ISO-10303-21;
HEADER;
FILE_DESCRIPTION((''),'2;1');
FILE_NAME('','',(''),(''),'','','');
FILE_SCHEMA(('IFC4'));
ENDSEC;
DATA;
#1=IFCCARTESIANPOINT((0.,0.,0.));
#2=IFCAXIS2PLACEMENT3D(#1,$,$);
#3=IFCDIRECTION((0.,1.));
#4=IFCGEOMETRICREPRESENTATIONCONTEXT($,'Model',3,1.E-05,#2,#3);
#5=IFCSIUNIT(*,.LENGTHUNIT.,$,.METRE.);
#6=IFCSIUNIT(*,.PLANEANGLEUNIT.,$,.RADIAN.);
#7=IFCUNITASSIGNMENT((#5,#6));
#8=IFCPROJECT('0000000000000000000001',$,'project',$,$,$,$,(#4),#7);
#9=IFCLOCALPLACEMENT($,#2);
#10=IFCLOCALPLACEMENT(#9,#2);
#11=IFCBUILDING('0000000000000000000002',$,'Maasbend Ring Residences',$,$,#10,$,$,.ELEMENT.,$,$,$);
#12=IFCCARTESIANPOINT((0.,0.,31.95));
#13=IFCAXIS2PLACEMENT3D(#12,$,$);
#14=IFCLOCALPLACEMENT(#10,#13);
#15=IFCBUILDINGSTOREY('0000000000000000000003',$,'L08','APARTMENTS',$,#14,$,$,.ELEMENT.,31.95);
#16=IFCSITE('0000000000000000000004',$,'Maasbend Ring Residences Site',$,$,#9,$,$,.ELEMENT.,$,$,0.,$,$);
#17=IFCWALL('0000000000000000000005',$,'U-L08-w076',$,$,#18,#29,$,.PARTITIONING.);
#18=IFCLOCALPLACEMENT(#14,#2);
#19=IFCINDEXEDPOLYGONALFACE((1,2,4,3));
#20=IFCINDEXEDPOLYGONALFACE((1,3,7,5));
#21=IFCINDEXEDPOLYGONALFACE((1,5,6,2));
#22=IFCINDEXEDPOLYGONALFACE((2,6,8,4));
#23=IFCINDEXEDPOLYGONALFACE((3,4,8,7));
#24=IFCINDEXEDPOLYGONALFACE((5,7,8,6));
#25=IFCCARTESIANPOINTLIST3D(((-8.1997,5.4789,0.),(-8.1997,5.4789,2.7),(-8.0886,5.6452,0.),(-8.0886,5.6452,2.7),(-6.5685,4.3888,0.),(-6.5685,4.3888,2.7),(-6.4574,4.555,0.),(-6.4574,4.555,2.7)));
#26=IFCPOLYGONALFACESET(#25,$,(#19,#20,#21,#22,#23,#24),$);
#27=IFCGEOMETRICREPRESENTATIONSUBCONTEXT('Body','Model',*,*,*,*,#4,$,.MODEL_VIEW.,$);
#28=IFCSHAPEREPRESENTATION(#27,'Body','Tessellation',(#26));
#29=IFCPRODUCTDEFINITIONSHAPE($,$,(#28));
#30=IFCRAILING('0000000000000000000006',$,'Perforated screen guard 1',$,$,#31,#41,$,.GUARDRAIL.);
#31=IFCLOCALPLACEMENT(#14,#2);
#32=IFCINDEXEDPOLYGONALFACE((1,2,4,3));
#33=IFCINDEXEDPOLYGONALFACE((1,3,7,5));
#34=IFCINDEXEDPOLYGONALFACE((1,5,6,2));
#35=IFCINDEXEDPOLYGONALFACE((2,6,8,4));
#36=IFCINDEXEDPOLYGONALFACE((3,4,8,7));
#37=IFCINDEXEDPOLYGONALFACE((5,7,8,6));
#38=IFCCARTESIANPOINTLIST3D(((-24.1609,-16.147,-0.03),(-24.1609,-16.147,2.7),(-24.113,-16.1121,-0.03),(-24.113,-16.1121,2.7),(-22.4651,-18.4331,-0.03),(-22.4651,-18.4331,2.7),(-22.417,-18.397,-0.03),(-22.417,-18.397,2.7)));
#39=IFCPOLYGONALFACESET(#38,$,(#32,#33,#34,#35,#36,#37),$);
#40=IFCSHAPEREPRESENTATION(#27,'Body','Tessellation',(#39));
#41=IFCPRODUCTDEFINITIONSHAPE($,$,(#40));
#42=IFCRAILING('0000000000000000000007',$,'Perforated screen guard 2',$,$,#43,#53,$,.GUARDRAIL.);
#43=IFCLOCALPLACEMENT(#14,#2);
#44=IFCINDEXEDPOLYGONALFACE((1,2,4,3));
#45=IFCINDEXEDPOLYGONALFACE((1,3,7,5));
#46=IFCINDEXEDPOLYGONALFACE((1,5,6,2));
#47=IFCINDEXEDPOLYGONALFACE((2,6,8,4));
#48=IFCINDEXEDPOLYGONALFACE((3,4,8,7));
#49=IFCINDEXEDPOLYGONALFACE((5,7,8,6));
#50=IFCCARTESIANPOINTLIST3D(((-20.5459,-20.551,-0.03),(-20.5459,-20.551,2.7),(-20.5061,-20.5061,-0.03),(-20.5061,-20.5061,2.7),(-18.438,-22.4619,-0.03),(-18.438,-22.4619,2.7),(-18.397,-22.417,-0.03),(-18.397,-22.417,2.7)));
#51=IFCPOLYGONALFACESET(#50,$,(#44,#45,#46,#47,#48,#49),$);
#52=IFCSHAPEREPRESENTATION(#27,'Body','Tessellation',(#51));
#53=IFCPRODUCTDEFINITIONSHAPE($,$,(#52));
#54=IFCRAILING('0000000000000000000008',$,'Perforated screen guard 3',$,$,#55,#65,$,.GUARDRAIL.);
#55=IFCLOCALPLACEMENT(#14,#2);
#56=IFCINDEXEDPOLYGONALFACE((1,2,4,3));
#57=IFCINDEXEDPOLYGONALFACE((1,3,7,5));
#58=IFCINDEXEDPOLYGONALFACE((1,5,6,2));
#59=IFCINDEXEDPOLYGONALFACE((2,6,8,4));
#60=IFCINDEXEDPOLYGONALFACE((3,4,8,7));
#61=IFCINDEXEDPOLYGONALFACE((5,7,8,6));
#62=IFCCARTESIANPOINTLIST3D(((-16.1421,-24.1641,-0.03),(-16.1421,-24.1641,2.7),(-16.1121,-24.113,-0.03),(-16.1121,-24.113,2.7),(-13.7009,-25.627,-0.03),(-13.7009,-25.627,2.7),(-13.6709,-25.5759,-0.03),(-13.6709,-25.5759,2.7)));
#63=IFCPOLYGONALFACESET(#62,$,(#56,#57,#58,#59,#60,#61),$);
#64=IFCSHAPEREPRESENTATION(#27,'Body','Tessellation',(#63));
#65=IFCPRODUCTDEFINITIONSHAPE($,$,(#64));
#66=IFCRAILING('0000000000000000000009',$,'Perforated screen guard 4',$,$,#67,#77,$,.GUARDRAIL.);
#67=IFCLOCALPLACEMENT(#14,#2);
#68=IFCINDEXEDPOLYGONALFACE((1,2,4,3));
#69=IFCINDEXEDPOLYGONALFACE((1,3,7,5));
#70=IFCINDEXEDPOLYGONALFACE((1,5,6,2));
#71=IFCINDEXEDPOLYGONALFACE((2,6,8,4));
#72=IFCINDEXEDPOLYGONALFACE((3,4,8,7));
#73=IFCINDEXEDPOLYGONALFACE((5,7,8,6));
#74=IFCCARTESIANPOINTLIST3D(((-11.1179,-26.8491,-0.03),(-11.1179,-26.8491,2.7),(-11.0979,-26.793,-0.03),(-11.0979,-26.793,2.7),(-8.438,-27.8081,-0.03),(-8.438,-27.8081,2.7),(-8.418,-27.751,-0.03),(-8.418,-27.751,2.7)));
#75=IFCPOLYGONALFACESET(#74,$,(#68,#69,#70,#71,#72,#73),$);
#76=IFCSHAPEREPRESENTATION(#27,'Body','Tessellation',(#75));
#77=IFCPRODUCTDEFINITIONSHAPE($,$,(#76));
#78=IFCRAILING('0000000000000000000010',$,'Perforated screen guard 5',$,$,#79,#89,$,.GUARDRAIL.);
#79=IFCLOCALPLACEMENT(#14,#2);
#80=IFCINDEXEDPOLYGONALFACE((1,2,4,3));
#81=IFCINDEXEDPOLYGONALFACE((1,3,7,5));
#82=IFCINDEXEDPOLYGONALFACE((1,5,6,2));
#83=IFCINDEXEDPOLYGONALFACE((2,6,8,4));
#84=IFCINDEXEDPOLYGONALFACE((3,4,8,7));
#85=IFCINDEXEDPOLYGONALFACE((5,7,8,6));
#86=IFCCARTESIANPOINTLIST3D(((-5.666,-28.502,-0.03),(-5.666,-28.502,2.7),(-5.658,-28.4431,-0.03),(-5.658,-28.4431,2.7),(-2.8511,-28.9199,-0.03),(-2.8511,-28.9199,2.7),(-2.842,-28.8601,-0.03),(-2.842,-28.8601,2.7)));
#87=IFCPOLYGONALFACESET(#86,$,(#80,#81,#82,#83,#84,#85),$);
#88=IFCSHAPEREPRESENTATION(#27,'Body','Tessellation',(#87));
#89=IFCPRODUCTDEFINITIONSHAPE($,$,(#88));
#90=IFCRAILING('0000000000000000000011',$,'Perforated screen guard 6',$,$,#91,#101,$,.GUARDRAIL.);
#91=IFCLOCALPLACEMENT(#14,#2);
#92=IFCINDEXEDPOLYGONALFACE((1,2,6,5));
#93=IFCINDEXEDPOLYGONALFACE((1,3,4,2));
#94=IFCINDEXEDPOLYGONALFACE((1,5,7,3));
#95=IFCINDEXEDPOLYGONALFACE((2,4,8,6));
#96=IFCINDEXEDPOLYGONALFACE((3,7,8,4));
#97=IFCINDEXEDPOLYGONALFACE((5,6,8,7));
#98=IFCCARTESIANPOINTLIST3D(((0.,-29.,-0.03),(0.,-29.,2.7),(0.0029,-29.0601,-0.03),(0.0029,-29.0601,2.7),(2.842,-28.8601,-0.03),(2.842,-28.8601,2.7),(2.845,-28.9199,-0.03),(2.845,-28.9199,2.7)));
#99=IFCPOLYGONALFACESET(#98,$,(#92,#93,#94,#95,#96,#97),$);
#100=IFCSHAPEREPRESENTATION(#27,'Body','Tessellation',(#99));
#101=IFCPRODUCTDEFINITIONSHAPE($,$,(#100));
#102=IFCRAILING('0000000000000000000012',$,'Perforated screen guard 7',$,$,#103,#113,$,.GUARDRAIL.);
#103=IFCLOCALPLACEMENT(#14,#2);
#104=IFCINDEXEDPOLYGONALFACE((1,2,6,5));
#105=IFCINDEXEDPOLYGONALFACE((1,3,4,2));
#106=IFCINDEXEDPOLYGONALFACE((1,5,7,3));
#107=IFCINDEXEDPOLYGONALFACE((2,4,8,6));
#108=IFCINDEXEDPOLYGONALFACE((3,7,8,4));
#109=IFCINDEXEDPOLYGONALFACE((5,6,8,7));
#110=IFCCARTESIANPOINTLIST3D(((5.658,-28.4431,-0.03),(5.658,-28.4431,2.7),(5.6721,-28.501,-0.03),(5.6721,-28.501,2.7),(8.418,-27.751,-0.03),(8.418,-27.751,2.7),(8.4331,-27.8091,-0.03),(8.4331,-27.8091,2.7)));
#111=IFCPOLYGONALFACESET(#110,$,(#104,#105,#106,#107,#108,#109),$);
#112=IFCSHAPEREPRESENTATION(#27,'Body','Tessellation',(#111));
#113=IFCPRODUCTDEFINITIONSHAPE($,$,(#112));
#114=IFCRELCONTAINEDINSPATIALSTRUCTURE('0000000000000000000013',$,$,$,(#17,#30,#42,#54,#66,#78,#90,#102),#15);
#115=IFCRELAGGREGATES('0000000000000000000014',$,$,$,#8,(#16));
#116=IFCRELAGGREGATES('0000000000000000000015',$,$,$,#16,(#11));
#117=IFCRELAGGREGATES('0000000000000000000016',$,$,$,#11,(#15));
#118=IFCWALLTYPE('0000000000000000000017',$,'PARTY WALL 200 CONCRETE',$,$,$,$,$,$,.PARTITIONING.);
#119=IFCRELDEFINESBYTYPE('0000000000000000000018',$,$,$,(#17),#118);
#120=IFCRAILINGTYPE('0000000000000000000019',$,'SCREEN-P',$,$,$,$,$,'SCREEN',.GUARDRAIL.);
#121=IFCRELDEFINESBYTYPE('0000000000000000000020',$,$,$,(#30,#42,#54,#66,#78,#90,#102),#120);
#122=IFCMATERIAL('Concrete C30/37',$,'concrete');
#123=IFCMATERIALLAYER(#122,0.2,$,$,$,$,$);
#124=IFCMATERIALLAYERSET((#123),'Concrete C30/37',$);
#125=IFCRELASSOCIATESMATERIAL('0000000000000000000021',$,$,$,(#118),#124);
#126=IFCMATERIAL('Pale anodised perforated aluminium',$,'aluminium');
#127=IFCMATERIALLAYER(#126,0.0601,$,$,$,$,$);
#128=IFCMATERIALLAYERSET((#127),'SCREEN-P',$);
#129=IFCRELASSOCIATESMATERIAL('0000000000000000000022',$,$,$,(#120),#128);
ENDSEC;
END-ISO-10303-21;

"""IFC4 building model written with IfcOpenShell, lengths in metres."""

from ifc_helpers import new_model, si_unit, direction, frame, frame_2d, origin, place, context, subcontext, project, spatial, polyline, rectangle, outline, extrude, material, layer, layer_set, type_object, element, save


model = new_model("IFC4")

# Units and contexts
model_context = context("Model", 3, precision=1e-05, world=origin(), true_north=direction((0.0, 1.0)))
body_context = subcontext(model_context, "Body", "Model", "MODEL_VIEW")
ifc_project = project(units=[si_unit("LENGTHUNIT", "METRE"), si_unit("PLANEANGLEUNIT", "RADIAN")], contexts=[model_context])

# Site, building, storey
site_placement = place(None, origin())
site = spatial("IfcSite", under=ifc_project, at=site_placement, Name="Maasbend Ring Residences Site", CompositionType="ELEMENT", RefElevation=0.0)
building_placement = place(site_placement, origin())
building = spatial("IfcBuilding", under=site, at=building_placement, Name="Maasbend Ring Residences", CompositionType="ELEMENT")
storey_placement = place(building_placement, frame((0.0, 0.0, 31.95)))
storey = spatial("IfcBuildingStorey", under=building, at=storey_placement, Name="L08", Description="APARTMENTS", CompositionType="ELEMENT", Elevation=31.95)

# Wall
ifc_material_1 = material(Name="Concrete C30/37", Category="concrete")
ifc_layer_1 = layer(ifc_material_1, 0.2)
ifc_layer_set_1 = layer_set([ifc_layer_1], Name="Concrete C30/37")
wall_type_1 = type_object("IfcWallType", Name="PARTY WALL 200 CONCRETE", PredefinedType="PARTITIONING", material=ifc_layer_set_1)
wall_1_placement = place(storey_placement, frame((-6.5129, 4.4719, 0.0), z_axis=(0.0, 0.0, 1.0), x_axis=(-0.831418, 0.555648, 0.0)))
element("IfcWall", 1, at=wall_1_placement, inside=storey, type_object=wall_type_1, Name="U-L08-w076", PredefinedType="PARTITIONING", context=body_context, shape_type="SweptSolid", body=[
    extrude(rectangle(XDim=1.9619, YDim=0.2, at=frame_2d((0.981, 0.0))), origin(), (0.0, 0.0, 1.0), 2.7),
])

# Railings
ifc_material_2 = material(Name="Pale anodised perforated aluminium", Category="aluminium")
ifc_layer_2 = layer(ifc_material_2, 0.0601)
ifc_layer_set_2 = layer_set([ifc_layer_2], Name="SCREEN-P")
railing_type = type_object("IfcRailingType", Name="SCREEN-P", ElementType="SCREEN", PredefinedType="GUARDRAIL", material=ifc_layer_set_2)
railing_1_placement = place(storey_placement, frame((0.0, 0.0, -0.03)))
element("IfcRailing", 2, at=railing_1_placement, inside=storey, type_object=railing_type, Name="Perforated screen guard 1", PredefinedType="GUARDRAIL", context=body_context, shape_type="SweptSolid", body=[
    extrude(outline(polyline([(-24.113, -16.1121), (-22.417, -18.397), (-22.4651, -18.4331), (-24.1609, -16.147), (-24.113, -16.1121)])), origin(), (0.0, 0.0, 1.0), 2.73),
])
railing_2_placement = place(storey_placement, frame((0.0, 0.0, -0.03)))
element("IfcRailing", 3, at=railing_2_placement, inside=storey, type_object=railing_type, Name="Perforated screen guard 2", PredefinedType="GUARDRAIL", context=body_context, shape_type="SweptSolid", body=[
    extrude(outline(polyline([(-20.5061, -20.5061), (-18.397, -22.417), (-18.438, -22.4619), (-20.5459, -20.551), (-20.5061, -20.5061)])), origin(), (0.0, 0.0, 1.0), 2.73),
])
railing_3_placement = place(storey_placement, frame((0.0, 0.0, -0.03)))
element("IfcRailing", 4, at=railing_3_placement, inside=storey, type_object=railing_type, Name="Perforated screen guard 3", PredefinedType="GUARDRAIL", context=body_context, shape_type="SweptSolid", body=[
    extrude(outline(polyline([(-16.1121, -24.113), (-13.6709, -25.5759), (-13.7009, -25.627), (-16.1421, -24.1641), (-16.1121, -24.113)])), origin(), (0.0, 0.0, 1.0), 2.73),
])
railing_4_placement = place(storey_placement, frame((0.0, 0.0, -0.03)))
element("IfcRailing", 5, at=railing_4_placement, inside=storey, type_object=railing_type, Name="Perforated screen guard 4", PredefinedType="GUARDRAIL", context=body_context, shape_type="SweptSolid", body=[
    extrude(outline(polyline([(-11.0979, -26.793), (-8.418, -27.751), (-8.438, -27.8081), (-11.1179, -26.8491), (-11.0979, -26.793)])), origin(), (0.0, 0.0, 1.0), 2.73),
])
railing_5_placement = place(storey_placement, frame((0.0, 0.0, -0.03)))
element("IfcRailing", 6, at=railing_5_placement, inside=storey, type_object=railing_type, Name="Perforated screen guard 5", PredefinedType="GUARDRAIL", context=body_context, shape_type="SweptSolid", body=[
    extrude(outline(polyline([(-5.658, -28.4431), (-2.842, -28.8601), (-2.8511, -28.9199), (-5.666, -28.502), (-5.658, -28.4431)])), origin(), (0.0, 0.0, 1.0), 2.73),
])
railing_6_placement = place(storey_placement, frame((0.0, 0.0, -0.03)))
element("IfcRailing", 7, at=railing_6_placement, inside=storey, type_object=railing_type, Name="Perforated screen guard 6", PredefinedType="GUARDRAIL", context=body_context, shape_type="SweptSolid", body=[
    extrude(outline(polyline([(0.0, -29.0), (2.842, -28.8601), (2.845, -28.9199), (0.0029, -29.0601), (0.0, -29.0)])), origin(), (0.0, 0.0, 1.0), 2.73),
])
railing_7_placement = place(storey_placement, frame((0.0, 0.0, -0.03)))
element("IfcRailing", 8, at=railing_7_placement, inside=storey, type_object=railing_type, Name="Perforated screen guard 7", PredefinedType="GUARDRAIL", context=body_context, shape_type="SweptSolid", body=[
    extrude(outline(polyline([(5.658, -28.4431), (8.418, -27.751), (8.4331, -27.8091), (5.6721, -28.501), (5.658, -28.4431)])), origin(), (0.0, 0.0, 1.0), 2.73),
])

save(model, "model.ifc")
